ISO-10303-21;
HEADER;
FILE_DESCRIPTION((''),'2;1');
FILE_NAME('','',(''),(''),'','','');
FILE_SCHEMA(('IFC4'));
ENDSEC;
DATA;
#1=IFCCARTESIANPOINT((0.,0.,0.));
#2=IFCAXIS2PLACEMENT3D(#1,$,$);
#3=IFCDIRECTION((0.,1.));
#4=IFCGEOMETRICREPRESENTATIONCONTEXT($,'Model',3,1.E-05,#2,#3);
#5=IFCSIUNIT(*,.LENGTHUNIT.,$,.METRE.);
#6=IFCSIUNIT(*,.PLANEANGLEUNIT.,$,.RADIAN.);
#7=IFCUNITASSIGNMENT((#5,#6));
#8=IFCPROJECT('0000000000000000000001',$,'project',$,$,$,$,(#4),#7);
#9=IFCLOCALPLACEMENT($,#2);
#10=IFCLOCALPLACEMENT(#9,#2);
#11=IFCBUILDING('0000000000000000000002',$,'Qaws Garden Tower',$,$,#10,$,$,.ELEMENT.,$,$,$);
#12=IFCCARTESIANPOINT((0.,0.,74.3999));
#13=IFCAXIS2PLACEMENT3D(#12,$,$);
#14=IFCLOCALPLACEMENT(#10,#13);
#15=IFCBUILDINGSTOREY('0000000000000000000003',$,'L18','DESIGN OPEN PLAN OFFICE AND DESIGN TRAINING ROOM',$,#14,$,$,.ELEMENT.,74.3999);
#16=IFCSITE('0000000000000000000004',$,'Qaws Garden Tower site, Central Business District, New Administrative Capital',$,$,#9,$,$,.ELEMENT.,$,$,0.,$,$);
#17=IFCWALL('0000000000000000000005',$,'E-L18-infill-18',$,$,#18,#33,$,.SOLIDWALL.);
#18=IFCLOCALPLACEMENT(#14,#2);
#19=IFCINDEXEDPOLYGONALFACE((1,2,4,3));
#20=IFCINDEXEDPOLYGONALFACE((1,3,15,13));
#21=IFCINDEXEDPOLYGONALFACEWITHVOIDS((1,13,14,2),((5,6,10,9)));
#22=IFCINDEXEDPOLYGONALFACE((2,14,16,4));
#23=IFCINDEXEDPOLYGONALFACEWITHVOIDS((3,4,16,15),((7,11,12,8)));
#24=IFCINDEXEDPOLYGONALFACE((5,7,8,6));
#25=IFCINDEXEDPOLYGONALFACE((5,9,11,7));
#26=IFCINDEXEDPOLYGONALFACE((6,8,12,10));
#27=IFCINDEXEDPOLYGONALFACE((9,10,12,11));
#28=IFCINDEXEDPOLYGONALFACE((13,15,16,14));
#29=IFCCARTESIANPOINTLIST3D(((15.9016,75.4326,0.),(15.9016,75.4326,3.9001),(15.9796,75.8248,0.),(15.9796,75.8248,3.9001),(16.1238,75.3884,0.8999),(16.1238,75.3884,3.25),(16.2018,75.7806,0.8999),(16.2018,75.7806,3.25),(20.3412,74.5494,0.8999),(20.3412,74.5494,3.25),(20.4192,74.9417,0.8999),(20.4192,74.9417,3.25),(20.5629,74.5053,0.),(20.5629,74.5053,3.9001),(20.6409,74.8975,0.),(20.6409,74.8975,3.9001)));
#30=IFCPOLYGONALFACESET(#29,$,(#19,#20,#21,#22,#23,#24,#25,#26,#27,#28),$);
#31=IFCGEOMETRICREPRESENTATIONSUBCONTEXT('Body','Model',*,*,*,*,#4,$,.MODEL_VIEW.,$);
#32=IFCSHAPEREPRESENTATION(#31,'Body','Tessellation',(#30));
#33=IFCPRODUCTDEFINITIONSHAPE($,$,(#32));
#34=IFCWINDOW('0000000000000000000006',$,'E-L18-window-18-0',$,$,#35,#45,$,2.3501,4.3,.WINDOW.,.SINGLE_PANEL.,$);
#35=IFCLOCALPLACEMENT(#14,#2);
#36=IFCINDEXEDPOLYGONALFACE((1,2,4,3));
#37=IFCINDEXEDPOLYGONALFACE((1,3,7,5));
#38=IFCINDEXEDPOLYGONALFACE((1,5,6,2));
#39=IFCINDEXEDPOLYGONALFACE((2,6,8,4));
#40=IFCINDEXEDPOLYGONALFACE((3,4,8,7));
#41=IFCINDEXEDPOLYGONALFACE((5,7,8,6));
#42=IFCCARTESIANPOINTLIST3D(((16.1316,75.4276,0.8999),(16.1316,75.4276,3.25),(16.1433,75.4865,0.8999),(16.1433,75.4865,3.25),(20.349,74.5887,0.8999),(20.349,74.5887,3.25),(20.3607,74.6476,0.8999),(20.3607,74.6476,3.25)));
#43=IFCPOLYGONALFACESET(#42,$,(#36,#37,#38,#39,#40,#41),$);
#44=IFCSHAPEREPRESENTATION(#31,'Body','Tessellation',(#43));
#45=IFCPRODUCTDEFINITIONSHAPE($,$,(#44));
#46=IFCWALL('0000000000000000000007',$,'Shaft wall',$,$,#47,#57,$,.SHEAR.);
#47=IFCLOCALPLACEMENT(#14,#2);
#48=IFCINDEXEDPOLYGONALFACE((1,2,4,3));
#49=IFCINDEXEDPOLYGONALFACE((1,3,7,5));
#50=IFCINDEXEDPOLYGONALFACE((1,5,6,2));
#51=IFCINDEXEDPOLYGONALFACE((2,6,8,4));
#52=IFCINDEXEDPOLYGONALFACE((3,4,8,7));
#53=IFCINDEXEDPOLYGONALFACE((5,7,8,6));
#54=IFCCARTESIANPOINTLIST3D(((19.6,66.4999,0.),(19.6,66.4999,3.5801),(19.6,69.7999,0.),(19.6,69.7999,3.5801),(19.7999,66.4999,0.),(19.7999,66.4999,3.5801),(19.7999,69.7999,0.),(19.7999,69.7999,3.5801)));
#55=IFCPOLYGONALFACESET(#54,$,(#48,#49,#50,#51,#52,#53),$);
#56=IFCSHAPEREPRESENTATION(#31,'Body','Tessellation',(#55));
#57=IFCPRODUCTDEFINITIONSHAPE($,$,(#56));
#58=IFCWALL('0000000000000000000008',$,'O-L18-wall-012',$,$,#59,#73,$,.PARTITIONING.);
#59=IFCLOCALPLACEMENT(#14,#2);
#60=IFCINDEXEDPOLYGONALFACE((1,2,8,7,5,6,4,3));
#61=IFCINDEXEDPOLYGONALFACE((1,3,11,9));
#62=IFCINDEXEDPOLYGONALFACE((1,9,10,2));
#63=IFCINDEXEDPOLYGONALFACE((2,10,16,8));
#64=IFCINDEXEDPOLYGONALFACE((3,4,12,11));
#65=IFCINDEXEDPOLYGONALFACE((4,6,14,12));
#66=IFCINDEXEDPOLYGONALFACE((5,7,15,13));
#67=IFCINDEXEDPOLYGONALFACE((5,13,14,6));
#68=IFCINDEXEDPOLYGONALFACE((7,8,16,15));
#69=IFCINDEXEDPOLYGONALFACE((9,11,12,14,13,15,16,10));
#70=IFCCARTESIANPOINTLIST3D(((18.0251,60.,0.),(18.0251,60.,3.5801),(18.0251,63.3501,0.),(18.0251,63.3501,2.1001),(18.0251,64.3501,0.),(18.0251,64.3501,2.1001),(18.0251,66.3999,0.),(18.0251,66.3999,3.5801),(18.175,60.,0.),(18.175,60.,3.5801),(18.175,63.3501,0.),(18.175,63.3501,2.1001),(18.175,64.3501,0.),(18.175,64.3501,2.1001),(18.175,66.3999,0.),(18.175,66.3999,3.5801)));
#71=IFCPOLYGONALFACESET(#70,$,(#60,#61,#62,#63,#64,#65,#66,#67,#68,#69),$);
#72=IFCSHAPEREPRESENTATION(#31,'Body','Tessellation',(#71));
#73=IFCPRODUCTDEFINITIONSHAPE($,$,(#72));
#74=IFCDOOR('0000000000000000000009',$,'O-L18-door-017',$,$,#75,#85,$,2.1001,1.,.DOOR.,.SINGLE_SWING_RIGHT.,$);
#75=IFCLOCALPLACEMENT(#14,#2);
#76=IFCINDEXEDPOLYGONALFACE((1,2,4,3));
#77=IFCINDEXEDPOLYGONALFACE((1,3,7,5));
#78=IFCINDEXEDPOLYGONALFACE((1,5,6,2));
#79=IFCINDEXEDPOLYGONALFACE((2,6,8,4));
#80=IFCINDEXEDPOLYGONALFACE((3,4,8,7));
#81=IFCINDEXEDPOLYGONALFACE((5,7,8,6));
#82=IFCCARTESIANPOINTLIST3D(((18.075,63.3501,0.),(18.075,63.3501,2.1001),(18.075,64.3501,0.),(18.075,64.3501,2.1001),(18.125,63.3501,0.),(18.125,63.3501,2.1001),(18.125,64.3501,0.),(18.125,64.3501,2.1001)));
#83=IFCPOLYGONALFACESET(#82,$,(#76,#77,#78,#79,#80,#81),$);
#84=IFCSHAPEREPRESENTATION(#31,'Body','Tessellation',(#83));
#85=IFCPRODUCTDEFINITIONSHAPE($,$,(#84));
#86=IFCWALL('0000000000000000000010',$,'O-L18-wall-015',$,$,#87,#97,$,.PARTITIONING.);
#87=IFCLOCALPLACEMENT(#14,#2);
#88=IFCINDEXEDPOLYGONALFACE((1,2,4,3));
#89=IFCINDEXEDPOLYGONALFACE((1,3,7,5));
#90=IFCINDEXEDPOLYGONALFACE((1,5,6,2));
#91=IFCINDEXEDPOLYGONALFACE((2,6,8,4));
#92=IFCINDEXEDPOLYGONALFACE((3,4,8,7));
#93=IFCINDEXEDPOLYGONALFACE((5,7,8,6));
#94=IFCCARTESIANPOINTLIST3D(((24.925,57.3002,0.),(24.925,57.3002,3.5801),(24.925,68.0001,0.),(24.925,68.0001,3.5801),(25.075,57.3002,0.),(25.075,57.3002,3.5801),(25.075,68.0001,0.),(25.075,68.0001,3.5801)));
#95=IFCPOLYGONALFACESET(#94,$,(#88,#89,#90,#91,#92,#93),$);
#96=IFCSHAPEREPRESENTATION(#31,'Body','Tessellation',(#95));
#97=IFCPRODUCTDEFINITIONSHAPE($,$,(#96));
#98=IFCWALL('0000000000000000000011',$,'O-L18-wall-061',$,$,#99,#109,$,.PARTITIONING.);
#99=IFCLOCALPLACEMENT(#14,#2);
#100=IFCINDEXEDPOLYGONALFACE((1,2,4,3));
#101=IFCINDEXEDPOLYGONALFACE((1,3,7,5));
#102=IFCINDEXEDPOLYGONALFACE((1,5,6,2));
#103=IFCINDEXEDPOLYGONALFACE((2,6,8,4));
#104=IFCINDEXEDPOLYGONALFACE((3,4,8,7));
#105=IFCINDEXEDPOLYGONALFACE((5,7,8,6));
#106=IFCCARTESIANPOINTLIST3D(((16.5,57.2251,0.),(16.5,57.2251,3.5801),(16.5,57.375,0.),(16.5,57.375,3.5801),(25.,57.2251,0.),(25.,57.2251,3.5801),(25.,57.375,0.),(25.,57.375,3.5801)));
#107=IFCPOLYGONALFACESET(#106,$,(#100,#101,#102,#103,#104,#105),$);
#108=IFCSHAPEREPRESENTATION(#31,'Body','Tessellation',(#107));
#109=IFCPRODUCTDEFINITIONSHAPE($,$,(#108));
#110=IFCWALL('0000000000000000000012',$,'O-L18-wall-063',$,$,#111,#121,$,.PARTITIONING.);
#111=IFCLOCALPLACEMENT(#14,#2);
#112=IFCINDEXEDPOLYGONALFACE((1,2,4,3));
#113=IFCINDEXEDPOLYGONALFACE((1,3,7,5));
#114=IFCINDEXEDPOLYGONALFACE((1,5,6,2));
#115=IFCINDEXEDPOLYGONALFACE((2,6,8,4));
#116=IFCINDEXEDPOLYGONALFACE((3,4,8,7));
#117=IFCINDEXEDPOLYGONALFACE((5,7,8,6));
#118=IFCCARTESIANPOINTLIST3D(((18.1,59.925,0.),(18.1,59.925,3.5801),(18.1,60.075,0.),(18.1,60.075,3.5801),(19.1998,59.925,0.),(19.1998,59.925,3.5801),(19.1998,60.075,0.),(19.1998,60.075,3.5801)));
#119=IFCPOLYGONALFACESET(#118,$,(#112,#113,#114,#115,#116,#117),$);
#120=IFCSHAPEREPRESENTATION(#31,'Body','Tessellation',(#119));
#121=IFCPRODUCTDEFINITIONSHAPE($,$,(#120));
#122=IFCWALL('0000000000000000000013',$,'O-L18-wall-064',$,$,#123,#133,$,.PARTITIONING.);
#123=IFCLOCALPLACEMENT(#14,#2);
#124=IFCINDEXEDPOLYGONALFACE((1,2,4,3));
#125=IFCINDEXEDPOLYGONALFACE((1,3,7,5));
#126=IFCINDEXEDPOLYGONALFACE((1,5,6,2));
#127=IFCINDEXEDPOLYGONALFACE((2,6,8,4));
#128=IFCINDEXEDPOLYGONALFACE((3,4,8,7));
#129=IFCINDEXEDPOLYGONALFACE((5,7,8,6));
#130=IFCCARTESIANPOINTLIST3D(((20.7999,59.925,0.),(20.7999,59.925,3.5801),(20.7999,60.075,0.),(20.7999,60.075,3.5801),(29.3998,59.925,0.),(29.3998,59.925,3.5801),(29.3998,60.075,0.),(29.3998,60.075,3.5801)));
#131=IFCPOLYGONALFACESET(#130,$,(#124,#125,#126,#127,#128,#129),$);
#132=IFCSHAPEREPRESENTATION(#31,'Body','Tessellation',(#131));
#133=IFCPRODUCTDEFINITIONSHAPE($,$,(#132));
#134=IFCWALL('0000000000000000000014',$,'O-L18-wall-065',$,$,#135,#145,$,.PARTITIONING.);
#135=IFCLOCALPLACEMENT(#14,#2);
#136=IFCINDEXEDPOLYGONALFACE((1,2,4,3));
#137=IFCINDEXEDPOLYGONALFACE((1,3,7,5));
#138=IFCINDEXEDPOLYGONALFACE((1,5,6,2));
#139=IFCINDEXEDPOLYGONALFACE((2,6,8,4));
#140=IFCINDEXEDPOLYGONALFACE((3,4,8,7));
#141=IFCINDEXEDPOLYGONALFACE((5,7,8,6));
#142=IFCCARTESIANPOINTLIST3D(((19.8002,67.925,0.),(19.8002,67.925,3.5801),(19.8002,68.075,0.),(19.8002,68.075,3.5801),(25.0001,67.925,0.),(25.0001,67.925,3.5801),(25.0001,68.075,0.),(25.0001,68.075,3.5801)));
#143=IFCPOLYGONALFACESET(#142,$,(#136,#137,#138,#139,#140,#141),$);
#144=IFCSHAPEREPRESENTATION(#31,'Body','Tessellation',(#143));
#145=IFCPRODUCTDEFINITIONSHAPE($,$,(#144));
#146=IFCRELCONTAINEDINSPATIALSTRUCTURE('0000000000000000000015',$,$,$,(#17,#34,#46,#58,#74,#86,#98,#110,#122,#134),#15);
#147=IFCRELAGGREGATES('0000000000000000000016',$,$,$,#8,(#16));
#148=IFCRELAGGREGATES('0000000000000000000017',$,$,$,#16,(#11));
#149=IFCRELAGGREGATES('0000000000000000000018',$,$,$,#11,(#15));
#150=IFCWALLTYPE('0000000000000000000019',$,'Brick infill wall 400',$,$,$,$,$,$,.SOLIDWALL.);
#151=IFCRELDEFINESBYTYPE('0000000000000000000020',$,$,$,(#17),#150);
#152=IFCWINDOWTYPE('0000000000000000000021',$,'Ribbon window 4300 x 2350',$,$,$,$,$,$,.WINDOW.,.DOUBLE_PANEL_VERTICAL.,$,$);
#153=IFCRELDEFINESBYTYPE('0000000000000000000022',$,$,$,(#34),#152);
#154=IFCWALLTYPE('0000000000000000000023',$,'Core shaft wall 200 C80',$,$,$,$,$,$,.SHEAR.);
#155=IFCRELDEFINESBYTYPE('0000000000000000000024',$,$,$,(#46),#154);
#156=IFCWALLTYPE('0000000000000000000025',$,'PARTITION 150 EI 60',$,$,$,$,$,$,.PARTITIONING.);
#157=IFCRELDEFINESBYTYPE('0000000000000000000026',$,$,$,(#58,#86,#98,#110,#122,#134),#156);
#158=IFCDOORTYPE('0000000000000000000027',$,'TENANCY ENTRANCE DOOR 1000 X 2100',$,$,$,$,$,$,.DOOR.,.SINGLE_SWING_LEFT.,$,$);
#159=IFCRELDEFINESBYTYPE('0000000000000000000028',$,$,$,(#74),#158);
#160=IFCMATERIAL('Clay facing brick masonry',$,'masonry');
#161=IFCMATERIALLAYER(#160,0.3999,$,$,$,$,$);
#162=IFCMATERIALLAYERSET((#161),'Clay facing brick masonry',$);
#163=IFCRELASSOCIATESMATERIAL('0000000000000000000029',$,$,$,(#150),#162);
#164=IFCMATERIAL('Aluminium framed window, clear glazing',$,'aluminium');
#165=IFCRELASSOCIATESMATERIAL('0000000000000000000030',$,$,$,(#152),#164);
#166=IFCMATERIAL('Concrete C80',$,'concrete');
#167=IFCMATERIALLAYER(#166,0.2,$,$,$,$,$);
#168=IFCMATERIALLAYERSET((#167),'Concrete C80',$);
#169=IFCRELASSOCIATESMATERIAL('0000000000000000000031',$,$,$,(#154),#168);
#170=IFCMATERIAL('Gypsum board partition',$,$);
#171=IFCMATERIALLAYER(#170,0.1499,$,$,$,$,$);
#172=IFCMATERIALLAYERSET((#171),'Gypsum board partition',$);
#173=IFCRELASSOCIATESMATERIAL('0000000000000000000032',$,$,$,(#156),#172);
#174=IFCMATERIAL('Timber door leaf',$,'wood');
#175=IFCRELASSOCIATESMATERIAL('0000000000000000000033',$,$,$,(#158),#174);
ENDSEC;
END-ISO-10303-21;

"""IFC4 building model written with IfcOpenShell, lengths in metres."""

from ifc_helpers import new_model, si_unit, direction, frame, frame_2d, origin, place, context, subcontext, project, spatial, rectangle, extrude, material, layer, layer_set, type_object, element, fill, save


model = new_model("IFC4")

# Units and contexts
model_context = context("Model", 3, precision=1e-05, world=origin(), true_north=direction((0.0, 1.0)))
body_context = subcontext(model_context, "Body", "Model", "MODEL_VIEW")
ifc_project = project(units=[si_unit("LENGTHUNIT", "METRE"), si_unit("PLANEANGLEUNIT", "RADIAN")], contexts=[model_context])

# Site, building, storey
site_placement = place(None, origin())
site = spatial("IfcSite", under=ifc_project, at=site_placement, Name="Qaws Garden Tower site, Central Business District, New Administrative Capital", CompositionType="ELEMENT", RefElevation=0.0)
building_placement = place(site_placement, origin())
building = spatial("IfcBuilding", under=site, at=building_placement, Name="Qaws Garden Tower", CompositionType="ELEMENT")
storey_placement = place(building_placement, frame((0.0, 0.0, 74.3999)))
storey = spatial("IfcBuildingStorey", under=building, at=storey_placement, Name="L18", Description="DESIGN OPEN PLAN OFFICE AND DESIGN TRAINING ROOM", CompositionType="ELEMENT", Elevation=74.3999)

# Wall, opening, window
ifc_material_1 = material(Name="Clay facing brick masonry", Category="masonry")
ifc_layer_1 = layer(ifc_material_1, 0.3999)
ifc_layer_set_1 = layer_set([ifc_layer_1], Name="Clay facing brick masonry")
wall_type_1 = type_object("IfcWallType", Name="Brick infill wall 400", PredefinedType="SOLIDWALL", material=ifc_layer_set_1)
ifc_material_2 = material(Name="Aluminium framed window, clear glazing", Category="aluminium")
window_type = type_object("IfcWindowType", Name="Ribbon window 4300 x 2350", PartitioningType="DOUBLE_PANEL_VERTICAL", PredefinedType="WINDOW", material=ifc_material_2)
wall_1_placement = place(storey_placement, frame((20.6021, 74.7014, 0.0), z_axis=(0.0, 0.0, 1.0), x_axis=(-0.980784, 0.195099, 0.0)))
wall_1 = element("IfcWall", 1, at=wall_1_placement, inside=storey, type_object=wall_type_1, Name="E-L18-infill-18", PredefinedType="SOLIDWALL", context=body_context, shape_type="SweptSolid", body=[
    extrude(rectangle(XDim=4.7527, YDim=0.3999, at=frame_2d((2.3765, 0.0))), origin(), (0.0, 0.0, 1.0), 3.9001),
])
opening_1_placement = place(wall_1_placement, frame((0.2263, 0.0, 0.8999)))
opening_1 = element("IfcOpeningElement", 2, at=opening_1_placement, cuts=wall_1, PredefinedType="OPENING", context=body_context, shape_type="SweptSolid", body=[
    extrude(rectangle(XDim=4.3, YDim=2.3501, at=frame_2d((2.1499, 1.175))), frame((0.0, 0.21, 0.0), z_axis=(0.0, -1.0, 0.0), x_axis=(1.0, 0.0, 0.0)), (0.0, 0.0, 1.0), 0.4199),
])
window_1_placement = place(opening_1_placement, origin())
window_1 = element("IfcWindow", 3, at=window_1_placement, inside=storey, type_object=window_type, Name="E-L18-window-18-0", OverallHeight=2.3501, OverallWidth=4.3, PartitioningType="SINGLE_PANEL", PredefinedType="WINDOW", context=body_context, shape_type="SweptSolid", body=[
    extrude(rectangle(XDim=4.3, YDim=2.3501, at=frame_2d((2.1499, 1.175))), frame((0.0, 0.1599, 0.0), z_axis=(0.0, -1.0, 0.0), x_axis=(1.0, 0.0, 0.0)), (0.0, 0.0, 1.0), 0.0601),
])
fill(opening_1, window_1)

# Wall
ifc_material_3 = material(Name="Concrete C80", Category="concrete")
ifc_layer_2 = layer(ifc_material_3, 0.2)
ifc_layer_set_2 = layer_set([ifc_layer_2], Name="Concrete C80")
wall_type_2 = type_object("IfcWallType", Name="Core shaft wall 200 C80", PredefinedType="SHEAR", material=ifc_layer_set_2)
wall_2_placement = place(storey_placement, frame((19.7, 66.5, 0.0), z_axis=(0.0, 0.0, 1.0), x_axis=(0.0, 1.0, 0.0)))
element("IfcWall", 4, at=wall_2_placement, inside=storey, type_object=wall_type_2, Name="Shaft wall", PredefinedType="SHEAR", context=body_context, shape_type="SweptSolid", body=[
    extrude(rectangle(XDim=3.3, YDim=0.2, at=frame_2d((1.6499, 0.0))), origin(), (0.0, 0.0, 1.0), 3.5801),
])

# Wall, opening, door
ifc_material_4 = material(Name="Gypsum board partition")
ifc_layer_3 = layer(ifc_material_4, 0.1499)
ifc_layer_set_3 = layer_set([ifc_layer_3], Name="Gypsum board partition")
wall_type_3 = type_object("IfcWallType", Name="PARTITION 150 EI 60", PredefinedType="PARTITIONING", material=ifc_layer_set_3)
wall_3_placement = place(storey_placement, frame((18.1001, 60.0, 0.0), z_axis=(0.0, 0.0, 1.0), x_axis=(0.0, 1.0, 0.0)))
wall_3 = element("IfcWall", 5, at=wall_3_placement, inside=storey, type_object=wall_type_3, Name="O-L18-wall-012", PredefinedType="PARTITIONING", context=body_context, shape_type="SweptSolid", body=[
    extrude(rectangle(XDim=6.3999, YDim=0.1499, at=frame_2d((3.2, 0.0))), origin(), (0.0, 0.0, 1.0), 3.5801),
])
opening_2_placement = place(wall_3_placement, frame((3.3501, 0.0, 0.0)))
opening_2 = element("IfcOpeningElement", 6, at=opening_2_placement, cuts=wall_3, PredefinedType="OPENING", context=body_context, shape_type="SweptSolid", body=[
    extrude(rectangle(XDim=1.0, YDim=2.1001, at=frame_2d((0.5, 1.05))), frame((0.0, 0.085, 0.0), z_axis=(0.0, -1.0, 0.0), x_axis=(1.0, 0.0, 0.0)), (0.0, 0.0, 1.0), 0.1699),
])
ifc_material_5 = material(Name="Timber door leaf", Category="wood")
door_type = type_object("IfcDoorType", Name="TENANCY ENTRANCE DOOR 1000 X 2100", OperationType="SINGLE_SWING_LEFT", PredefinedType="DOOR", material=ifc_material_5)
door_placement = place(opening_2_placement, frame((1.0, 0.0, 0.0), z_axis=(0.0, 0.0, 1.0), x_axis=(-1.0, 0.0, 0.0)))
door = element("IfcDoor", 7, at=door_placement, inside=storey, type_object=door_type, Name="O-L18-door-017", OperationType="SINGLE_SWING_RIGHT", OverallHeight=2.1001, OverallWidth=1.0, PredefinedType="DOOR", context=body_context, shape_type="SweptSolid", body=[
    extrude(rectangle(XDim=1.0, YDim=2.1001, at=frame_2d((0.5, 1.05))), frame((0.0, 0.0249, 0.0), z_axis=(0.0, -1.0, 0.0), x_axis=(1.0, 0.0, 0.0)), (0.0, 0.0, 1.0), 0.05),
])
fill(opening_2, door)

# Walls
wall_4_placement = place(storey_placement, frame((25.0, 57.3, 0.0), z_axis=(0.0, 0.0, 1.0), x_axis=(0.0, 1.0, 0.0)))
element("IfcWall", 8, at=wall_4_placement, inside=storey, type_object=wall_type_3, Name="O-L18-wall-015", PredefinedType="PARTITIONING", context=body_context, shape_type="SweptSolid", body=[
    extrude(rectangle(XDim=10.7, YDim=0.1499, at=frame_2d((5.3501, 0.0))), origin(), (0.0, 0.0, 1.0), 3.5801),
])
wall_5_placement = place(storey_placement, frame((16.5, 57.3, 0.0), z_axis=(0.0, 0.0, 1.0), x_axis=(1.0, 0.0, 0.0)))
element("IfcWall", 9, at=wall_5_placement, inside=storey, type_object=wall_type_3, Name="O-L18-wall-061", PredefinedType="PARTITIONING", context=body_context, shape_type="SweptSolid", body=[
    extrude(rectangle(XDim=8.5, YDim=0.1499, at=frame_2d((4.25, 0.0))), origin(), (0.0, 0.0, 1.0), 3.5801),
])
wall_6_placement = place(storey_placement, frame((18.1001, 60.0, 0.0), z_axis=(0.0, 0.0, 1.0), x_axis=(1.0, 0.0, 0.0)))
element("IfcWall", 10, at=wall_6_placement, inside=storey, type_object=wall_type_3, Name="O-L18-wall-063", PredefinedType="PARTITIONING", context=body_context, shape_type="SweptSolid", body=[
    extrude(rectangle(XDim=1.0999, YDim=0.1499, at=frame_2d((0.5498, 0.0))), origin(), (0.0, 0.0, 1.0), 3.5801),
])
wall_7_placement = place(storey_placement, frame((20.8, 60.0, 0.0), z_axis=(0.0, 0.0, 1.0), x_axis=(1.0, 0.0, 0.0)))
element("IfcWall", 11, at=wall_7_placement, inside=storey, type_object=wall_type_3, Name="O-L18-wall-064", PredefinedType="PARTITIONING", context=body_context, shape_type="SweptSolid", body=[
    extrude(rectangle(XDim=8.5999, YDim=0.1499, at=frame_2d((4.2998, 0.0))), origin(), (0.0, 0.0, 1.0), 3.5801),
])
wall_8_placement = place(storey_placement, frame((19.8, 68.0, 0.0), z_axis=(0.0, 0.0, 1.0), x_axis=(1.0, 0.0, 0.0)))
element("IfcWall", 12, at=wall_8_placement, inside=storey, type_object=wall_type_3, Name="O-L18-wall-065", PredefinedType="PARTITIONING", context=body_context, shape_type="SweptSolid", body=[
    extrude(rectangle(XDim=5.2, YDim=0.1499, at=frame_2d((2.6001, 0.0))), origin(), (0.0, 0.0, 1.0), 3.5801),
])

save(model, "model.ifc")
